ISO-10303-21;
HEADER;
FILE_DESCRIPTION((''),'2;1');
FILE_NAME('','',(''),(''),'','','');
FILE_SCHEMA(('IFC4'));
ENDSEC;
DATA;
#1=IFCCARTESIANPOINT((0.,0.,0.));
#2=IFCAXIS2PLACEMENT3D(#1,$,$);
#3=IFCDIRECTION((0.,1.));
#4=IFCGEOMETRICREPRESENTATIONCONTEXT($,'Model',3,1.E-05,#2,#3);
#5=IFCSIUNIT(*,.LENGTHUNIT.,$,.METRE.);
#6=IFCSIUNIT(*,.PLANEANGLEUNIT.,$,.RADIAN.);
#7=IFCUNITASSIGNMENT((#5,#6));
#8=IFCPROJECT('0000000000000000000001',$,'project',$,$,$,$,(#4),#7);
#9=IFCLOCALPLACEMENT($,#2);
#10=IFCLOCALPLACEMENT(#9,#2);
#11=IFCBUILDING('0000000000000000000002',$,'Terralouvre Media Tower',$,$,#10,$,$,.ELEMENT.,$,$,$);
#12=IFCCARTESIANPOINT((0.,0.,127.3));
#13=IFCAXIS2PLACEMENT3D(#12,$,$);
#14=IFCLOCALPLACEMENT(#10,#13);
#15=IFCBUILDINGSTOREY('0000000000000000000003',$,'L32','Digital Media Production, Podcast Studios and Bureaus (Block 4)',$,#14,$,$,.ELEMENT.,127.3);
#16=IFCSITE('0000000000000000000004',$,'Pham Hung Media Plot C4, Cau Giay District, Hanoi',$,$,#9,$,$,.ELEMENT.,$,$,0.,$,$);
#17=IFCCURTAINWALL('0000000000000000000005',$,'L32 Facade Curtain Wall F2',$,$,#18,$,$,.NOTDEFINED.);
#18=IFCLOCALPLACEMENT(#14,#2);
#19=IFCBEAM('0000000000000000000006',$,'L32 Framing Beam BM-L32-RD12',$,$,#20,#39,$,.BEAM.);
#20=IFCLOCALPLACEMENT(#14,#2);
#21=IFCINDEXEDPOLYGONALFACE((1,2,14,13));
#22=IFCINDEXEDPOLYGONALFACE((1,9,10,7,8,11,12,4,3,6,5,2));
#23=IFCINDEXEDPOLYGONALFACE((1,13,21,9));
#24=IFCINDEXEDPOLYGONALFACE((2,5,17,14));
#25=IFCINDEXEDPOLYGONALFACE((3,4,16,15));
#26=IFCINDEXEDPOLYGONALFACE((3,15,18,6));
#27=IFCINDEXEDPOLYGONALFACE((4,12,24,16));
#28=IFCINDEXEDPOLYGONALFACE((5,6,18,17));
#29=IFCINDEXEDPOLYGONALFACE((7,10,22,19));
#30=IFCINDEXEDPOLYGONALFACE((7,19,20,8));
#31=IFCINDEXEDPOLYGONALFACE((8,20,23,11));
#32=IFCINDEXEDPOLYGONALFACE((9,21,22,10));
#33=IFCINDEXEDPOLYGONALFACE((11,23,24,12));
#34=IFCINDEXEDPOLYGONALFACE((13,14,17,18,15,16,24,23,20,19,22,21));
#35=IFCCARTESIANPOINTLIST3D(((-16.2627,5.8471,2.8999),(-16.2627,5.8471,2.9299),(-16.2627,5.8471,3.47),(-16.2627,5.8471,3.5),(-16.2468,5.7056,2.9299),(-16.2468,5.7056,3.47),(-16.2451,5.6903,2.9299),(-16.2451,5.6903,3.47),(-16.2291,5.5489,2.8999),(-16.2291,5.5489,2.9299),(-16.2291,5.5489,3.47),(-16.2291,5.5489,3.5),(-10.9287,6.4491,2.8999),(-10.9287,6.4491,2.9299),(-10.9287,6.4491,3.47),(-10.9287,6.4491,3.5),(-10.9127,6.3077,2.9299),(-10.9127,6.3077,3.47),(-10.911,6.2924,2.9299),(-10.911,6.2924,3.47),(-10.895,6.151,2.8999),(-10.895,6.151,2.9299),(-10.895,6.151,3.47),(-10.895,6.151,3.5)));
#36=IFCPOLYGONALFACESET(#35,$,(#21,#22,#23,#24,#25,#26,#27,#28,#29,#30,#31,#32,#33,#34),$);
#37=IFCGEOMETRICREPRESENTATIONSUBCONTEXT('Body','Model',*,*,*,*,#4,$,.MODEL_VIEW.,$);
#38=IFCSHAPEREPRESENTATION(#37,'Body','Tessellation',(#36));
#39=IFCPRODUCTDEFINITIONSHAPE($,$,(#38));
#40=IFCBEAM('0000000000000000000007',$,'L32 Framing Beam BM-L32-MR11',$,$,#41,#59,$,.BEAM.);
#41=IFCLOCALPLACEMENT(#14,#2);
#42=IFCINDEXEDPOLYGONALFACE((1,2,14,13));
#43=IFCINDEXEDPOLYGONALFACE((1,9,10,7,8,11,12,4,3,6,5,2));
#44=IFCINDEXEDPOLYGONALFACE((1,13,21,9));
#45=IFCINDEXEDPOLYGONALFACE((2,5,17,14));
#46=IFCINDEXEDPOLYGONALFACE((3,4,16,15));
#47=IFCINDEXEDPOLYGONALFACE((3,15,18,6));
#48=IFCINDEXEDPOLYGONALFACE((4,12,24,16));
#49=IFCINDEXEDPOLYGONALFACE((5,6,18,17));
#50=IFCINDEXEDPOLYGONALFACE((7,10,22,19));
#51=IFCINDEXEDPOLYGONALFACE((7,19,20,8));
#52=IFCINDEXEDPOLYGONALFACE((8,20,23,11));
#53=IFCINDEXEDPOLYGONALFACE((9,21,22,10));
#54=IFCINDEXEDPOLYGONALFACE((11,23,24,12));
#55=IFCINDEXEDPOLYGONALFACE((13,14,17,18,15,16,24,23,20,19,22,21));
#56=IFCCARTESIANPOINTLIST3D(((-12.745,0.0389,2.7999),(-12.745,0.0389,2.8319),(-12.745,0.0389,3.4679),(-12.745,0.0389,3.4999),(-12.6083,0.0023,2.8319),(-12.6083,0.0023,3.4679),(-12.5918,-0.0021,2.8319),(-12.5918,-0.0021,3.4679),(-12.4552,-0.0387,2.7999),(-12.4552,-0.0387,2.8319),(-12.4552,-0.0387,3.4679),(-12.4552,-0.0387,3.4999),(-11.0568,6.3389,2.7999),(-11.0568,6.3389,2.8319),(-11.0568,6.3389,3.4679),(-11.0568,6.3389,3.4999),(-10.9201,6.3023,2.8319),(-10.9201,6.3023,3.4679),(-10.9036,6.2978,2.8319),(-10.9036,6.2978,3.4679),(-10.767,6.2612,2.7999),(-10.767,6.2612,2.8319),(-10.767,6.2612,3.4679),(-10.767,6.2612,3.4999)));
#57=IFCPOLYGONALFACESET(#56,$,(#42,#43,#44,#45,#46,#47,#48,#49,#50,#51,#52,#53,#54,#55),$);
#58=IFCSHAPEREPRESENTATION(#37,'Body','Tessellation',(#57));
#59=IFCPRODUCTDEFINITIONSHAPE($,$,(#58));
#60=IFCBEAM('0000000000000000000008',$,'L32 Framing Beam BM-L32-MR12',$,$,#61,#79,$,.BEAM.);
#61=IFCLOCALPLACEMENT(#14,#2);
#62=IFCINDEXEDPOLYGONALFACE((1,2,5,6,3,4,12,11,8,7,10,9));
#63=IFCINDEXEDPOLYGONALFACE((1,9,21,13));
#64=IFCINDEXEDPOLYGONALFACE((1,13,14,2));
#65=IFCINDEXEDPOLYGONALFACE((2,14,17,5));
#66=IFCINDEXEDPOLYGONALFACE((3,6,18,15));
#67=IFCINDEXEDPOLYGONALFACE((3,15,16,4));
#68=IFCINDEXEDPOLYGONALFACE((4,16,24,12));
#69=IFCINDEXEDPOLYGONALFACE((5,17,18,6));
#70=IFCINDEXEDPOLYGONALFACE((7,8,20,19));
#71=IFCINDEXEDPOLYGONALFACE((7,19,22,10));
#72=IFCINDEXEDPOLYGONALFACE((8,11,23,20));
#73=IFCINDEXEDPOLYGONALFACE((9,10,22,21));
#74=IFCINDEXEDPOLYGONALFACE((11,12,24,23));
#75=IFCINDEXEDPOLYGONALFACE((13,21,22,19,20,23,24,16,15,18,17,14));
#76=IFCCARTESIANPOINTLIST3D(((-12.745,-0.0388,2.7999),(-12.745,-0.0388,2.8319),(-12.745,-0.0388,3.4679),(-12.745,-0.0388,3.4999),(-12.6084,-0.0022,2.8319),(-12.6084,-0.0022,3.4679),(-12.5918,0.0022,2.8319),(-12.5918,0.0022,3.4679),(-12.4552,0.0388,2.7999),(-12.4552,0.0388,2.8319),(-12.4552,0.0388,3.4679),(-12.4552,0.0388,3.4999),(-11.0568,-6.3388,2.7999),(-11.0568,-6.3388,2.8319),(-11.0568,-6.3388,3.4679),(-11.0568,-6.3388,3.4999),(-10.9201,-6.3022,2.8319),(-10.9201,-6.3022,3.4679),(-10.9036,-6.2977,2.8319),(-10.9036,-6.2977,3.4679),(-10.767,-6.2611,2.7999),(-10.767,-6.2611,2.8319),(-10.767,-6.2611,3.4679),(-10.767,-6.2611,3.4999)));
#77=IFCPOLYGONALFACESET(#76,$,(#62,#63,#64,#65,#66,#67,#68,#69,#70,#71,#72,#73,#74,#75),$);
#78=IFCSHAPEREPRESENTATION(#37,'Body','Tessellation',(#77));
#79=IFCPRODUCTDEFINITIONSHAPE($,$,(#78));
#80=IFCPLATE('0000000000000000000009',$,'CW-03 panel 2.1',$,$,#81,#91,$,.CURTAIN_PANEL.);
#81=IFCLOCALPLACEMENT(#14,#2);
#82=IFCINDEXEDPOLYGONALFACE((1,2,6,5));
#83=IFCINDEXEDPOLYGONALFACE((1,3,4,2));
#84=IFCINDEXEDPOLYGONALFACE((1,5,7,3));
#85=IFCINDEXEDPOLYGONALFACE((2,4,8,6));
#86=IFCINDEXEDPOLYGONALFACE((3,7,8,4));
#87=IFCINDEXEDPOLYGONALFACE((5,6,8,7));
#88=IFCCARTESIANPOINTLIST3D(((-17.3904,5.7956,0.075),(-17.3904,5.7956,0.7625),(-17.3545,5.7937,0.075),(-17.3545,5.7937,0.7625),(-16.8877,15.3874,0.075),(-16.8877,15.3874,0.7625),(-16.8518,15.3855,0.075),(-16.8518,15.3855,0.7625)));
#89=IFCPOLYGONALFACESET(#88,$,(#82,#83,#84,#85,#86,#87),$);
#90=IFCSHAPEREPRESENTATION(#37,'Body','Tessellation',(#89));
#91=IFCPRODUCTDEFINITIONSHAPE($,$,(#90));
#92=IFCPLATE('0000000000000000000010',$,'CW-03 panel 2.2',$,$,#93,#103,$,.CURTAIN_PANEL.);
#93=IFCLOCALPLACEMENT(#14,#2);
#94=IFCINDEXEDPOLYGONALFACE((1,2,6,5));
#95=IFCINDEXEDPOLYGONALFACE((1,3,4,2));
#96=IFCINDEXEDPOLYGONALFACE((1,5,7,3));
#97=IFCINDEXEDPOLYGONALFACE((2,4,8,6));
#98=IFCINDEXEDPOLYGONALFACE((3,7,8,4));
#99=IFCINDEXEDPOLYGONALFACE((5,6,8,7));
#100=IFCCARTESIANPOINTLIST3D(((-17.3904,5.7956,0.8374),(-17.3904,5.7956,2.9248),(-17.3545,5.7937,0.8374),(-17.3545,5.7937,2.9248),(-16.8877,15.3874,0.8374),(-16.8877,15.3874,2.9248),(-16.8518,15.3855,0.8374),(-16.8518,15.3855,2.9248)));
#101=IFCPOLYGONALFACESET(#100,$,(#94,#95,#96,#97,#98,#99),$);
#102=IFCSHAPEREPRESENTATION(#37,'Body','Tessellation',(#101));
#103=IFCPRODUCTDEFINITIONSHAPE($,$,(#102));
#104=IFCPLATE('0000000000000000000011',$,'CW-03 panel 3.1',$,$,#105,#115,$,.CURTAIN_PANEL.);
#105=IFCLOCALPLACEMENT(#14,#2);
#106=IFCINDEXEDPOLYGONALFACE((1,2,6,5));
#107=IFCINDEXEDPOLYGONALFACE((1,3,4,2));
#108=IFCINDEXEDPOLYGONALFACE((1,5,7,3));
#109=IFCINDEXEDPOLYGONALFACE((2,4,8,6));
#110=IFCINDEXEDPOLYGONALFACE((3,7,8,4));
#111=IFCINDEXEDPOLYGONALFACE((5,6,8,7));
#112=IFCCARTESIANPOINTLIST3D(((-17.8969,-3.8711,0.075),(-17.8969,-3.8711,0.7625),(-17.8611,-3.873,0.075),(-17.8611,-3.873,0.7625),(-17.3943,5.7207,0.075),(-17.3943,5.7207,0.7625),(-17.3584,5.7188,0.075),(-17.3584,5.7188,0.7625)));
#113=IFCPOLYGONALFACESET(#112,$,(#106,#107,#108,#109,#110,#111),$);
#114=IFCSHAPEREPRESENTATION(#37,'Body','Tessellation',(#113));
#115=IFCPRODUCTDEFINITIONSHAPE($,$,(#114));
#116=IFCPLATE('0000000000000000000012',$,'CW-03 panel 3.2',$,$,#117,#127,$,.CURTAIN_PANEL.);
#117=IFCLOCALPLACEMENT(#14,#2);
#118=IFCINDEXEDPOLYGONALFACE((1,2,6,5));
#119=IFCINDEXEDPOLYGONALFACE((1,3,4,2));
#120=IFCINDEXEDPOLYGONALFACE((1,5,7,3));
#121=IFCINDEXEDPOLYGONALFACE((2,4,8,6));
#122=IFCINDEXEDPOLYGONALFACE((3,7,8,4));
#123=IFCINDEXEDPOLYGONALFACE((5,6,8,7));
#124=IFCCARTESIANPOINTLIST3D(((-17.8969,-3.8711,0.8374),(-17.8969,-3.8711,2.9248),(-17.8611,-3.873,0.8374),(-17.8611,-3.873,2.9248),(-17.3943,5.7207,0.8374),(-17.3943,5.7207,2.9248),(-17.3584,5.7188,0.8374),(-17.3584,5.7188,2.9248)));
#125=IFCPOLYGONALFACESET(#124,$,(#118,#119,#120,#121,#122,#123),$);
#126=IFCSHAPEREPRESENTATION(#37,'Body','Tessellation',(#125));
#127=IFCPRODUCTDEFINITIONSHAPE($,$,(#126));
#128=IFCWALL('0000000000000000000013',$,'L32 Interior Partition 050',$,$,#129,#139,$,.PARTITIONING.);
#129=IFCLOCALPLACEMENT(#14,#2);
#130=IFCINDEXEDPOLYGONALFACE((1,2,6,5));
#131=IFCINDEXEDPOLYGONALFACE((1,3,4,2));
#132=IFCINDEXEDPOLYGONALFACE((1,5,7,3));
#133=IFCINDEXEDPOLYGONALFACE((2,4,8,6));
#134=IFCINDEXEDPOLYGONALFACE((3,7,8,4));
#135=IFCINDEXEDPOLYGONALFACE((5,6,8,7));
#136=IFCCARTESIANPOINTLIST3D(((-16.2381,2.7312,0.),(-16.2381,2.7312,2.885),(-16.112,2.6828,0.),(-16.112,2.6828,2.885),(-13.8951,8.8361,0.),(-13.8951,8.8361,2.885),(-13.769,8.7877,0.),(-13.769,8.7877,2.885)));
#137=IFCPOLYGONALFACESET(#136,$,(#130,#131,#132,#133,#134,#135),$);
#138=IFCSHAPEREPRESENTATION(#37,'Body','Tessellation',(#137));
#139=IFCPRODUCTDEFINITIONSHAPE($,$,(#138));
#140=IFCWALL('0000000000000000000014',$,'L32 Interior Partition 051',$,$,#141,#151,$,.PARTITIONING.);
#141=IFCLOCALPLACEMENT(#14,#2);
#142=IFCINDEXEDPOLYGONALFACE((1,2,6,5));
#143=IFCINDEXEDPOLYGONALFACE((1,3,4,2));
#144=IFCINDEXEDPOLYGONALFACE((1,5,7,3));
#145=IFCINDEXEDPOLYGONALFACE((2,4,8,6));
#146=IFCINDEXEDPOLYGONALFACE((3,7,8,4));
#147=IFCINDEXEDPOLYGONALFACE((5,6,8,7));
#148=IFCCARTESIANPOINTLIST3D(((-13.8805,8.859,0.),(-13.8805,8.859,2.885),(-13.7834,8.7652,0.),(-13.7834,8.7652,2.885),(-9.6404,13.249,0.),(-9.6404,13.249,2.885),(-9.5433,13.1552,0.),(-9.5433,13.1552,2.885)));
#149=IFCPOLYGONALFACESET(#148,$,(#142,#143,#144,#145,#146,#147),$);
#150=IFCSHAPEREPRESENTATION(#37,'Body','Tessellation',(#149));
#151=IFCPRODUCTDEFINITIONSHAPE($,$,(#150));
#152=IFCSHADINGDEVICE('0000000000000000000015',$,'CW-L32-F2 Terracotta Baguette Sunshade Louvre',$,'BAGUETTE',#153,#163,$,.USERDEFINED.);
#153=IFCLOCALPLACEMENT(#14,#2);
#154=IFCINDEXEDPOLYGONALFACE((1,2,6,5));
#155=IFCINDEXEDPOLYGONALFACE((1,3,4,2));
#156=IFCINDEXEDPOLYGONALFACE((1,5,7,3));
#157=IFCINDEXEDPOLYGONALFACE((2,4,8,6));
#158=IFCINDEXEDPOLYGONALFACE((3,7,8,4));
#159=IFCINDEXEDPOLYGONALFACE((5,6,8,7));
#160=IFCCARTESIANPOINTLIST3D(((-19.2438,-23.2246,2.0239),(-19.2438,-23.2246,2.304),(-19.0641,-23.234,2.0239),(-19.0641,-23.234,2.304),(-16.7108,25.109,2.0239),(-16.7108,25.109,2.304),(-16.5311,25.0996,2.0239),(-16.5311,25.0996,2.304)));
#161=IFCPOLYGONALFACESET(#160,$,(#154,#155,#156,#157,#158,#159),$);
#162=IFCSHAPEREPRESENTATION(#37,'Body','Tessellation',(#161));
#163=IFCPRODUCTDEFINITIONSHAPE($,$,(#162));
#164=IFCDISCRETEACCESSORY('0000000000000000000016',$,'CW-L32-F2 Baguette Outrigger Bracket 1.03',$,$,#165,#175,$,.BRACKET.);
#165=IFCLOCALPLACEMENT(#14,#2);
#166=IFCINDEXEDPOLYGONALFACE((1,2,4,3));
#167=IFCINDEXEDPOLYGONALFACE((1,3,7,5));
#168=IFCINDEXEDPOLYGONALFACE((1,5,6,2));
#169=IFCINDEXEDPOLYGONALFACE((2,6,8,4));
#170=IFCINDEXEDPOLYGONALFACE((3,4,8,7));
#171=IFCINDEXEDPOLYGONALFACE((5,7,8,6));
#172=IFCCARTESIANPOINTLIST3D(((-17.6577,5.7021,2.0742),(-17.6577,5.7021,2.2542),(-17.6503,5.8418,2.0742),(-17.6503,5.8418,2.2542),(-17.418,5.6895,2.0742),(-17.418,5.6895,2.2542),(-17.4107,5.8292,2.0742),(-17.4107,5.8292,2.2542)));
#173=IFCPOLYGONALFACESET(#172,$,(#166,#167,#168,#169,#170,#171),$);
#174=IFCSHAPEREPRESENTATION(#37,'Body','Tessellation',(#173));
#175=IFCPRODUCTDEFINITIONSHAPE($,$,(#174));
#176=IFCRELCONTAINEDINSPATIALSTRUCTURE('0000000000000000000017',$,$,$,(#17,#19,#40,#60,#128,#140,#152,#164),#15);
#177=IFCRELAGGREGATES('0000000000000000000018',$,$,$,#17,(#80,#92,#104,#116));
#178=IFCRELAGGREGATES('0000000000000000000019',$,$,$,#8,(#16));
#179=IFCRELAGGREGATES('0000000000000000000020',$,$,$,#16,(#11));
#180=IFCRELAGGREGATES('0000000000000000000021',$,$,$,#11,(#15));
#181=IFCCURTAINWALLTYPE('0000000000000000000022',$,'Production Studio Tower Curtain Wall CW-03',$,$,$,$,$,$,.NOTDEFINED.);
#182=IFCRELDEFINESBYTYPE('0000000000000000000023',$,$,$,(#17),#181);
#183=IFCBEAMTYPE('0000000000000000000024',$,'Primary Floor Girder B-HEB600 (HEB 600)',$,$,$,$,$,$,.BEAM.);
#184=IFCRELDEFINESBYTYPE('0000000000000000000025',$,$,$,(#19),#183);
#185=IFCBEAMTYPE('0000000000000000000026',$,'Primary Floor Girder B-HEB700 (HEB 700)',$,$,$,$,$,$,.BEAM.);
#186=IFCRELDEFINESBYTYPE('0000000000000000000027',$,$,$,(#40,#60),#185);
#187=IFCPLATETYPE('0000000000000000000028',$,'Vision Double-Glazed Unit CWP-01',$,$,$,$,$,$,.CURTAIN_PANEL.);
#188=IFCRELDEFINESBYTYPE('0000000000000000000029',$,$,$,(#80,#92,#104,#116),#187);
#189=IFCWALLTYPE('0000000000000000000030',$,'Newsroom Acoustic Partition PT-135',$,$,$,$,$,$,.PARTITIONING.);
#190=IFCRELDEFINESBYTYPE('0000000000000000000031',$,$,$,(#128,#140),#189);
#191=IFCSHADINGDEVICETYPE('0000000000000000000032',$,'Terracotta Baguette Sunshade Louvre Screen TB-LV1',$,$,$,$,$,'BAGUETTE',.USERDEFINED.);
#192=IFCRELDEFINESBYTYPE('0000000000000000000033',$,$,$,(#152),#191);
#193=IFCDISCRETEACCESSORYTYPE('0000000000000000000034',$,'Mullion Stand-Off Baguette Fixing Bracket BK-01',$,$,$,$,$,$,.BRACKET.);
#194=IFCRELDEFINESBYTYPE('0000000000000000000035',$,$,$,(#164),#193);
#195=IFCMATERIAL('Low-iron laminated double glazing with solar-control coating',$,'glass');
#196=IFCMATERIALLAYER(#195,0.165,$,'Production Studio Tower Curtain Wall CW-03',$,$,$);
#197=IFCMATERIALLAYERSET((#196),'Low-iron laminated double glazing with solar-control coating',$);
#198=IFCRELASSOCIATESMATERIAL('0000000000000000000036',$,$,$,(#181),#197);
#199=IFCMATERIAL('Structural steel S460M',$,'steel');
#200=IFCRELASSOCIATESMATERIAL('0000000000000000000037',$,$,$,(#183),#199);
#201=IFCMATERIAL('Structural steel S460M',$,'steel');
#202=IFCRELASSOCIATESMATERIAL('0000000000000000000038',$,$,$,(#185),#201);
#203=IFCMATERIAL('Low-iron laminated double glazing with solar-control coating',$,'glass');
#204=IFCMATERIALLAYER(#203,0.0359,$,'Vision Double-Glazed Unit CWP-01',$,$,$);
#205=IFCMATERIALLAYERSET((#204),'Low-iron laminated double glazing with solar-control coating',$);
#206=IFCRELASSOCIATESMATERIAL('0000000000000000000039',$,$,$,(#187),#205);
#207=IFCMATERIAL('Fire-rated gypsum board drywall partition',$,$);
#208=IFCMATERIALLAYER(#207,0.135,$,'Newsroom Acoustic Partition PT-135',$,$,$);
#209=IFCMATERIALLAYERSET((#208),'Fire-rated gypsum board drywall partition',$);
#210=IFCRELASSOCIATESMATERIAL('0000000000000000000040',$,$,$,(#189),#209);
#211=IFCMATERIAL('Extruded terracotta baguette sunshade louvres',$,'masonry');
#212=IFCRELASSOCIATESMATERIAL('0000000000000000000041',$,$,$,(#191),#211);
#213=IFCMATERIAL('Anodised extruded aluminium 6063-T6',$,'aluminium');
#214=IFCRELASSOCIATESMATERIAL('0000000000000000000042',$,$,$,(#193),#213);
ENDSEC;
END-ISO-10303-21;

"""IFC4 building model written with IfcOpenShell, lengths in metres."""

from ifc_helpers import new_model, si_unit, direction, frame, frame_2d, origin, origin_2d, place, context, subcontext, project, spatial, rectangle, i_section, extrude, material, layer, layer_set, material_profile, profile_set, type_object, element, aggregate, save


model = new_model("IFC4")

# Units and contexts
model_context = context("Model", 3, precision=1e-05, world=origin(), true_north=direction((0.0, 1.0)))
body_context = subcontext(model_context, "Body", "Model", "MODEL_VIEW")
ifc_project = project(units=[si_unit("LENGTHUNIT", "METRE"), si_unit("PLANEANGLEUNIT", "RADIAN")], contexts=[model_context])

# Site, building, storey
site_placement = place(None, origin())
site = spatial("IfcSite", under=ifc_project, at=site_placement, Name="Pham Hung Media Plot C4, Cau Giay District, Hanoi", CompositionType="ELEMENT", RefElevation=0.0)
building_placement = place(site_placement, origin())
building = spatial("IfcBuilding", under=site, at=building_placement, Name="Terralouvre Media Tower", CompositionType="ELEMENT")
storey_placement = place(building_placement, frame((0.0, 0.0, 127.3)))
storey = spatial("IfcBuildingStorey", under=building, at=storey_placement, Name="L32", Description="Digital Media Production, Podcast Studios and Bureaus (Block 4)", CompositionType="ELEMENT", Elevation=127.3)

# Curtain wall
ifc_material_1 = material(Name="Low-iron laminated double glazing with solar-control coating", Category="glass")
ifc_layer_1 = layer(ifc_material_1, 0.165, Name="Production Studio Tower Curtain Wall CW-03")
ifc_layer_set_1 = layer_set([ifc_layer_1], Name="Low-iron laminated double glazing with solar-control coating")
curtain_wall_type = type_object("IfcCurtainWallType", Name="Production Studio Tower Curtain Wall CW-03", PredefinedType="NOTDEFINED", material=ifc_layer_set_1)
curtain_wall_placement = place(storey_placement, origin())
curtain_wall = element("IfcCurtainWall", 1, at=curtain_wall_placement, inside=storey, type_object=curtain_wall_type, Name="L32 Facade Curtain Wall F2", PredefinedType="NOTDEFINED")

# Beams
ifc_material_2 = material(Name="Structural steel S460M", Category="steel")
ifc_material_profile_1 = material_profile(ifc_material_2, i_section(OverallWidth=0.3, OverallDepth=0.6001, WebThickness=0.0154, FlangeThickness=0.03, at=origin_2d()), Name="HEB 600")
ifc_profile_set_1 = profile_set([ifc_material_profile_1], Name="Structural steel S460M")
beam_type_1 = type_object("IfcBeamType", Name="Primary Floor Girder B-HEB600 (HEB 600)", PredefinedType="BEAM", material=ifc_profile_set_1)
beam_1_placement = place(storey_placement, frame((-10.9119, 6.3, 3.2), z_axis=(-0.99369, -0.112159, 0.0), x_axis=(0.112159, -0.99369, 0.0)))
element("IfcBeam", 2, at=beam_1_placement, inside=storey, type_object=beam_type_1, Name="L32 Framing Beam BM-L32-RD12", PredefinedType="BEAM", context=body_context, shape_type="SweptSolid", body=[
    extrude(i_section(OverallWidth=0.3, OverallDepth=0.6001, WebThickness=0.0154, FlangeThickness=0.03, at=origin_2d()), origin(), (0.0, 0.0, 1.0), 5.3679),
])
ifc_material_3 = material(Name="Structural steel S460M", Category="steel")
ifc_material_profile_2 = material_profile(ifc_material_3, i_section(OverallWidth=0.3, OverallDepth=0.7, WebThickness=0.0171, FlangeThickness=0.032, at=origin_2d()), Name="HEB 700")
ifc_profile_set_2 = profile_set([ifc_material_profile_2], Name="Structural steel S460M")
beam_type_2 = type_object("IfcBeamType", Name="Primary Floor Girder B-HEB700 (HEB 700)", PredefinedType="BEAM", material=ifc_profile_set_2)
for number, where, z_axis, x_axis, name in (
    (3, (-10.9119, 6.3, 3.1499), (-0.258839, -0.96592, 0.0), (0.96592, -0.258839, 0.0), "L32 Framing Beam BM-L32-MR11"),
    (4, (-12.6001, 0.0, 3.1499), (0.258839, -0.96592, 0.0), (0.96592, 0.258839, 0.0), "L32 Framing Beam BM-L32-MR12"),
):
    element("IfcBeam", number, at=place(storey_placement, frame(where, z_axis=z_axis, x_axis=x_axis)), inside=storey, type_object=beam_type_2, Name=name, PredefinedType="BEAM", context=body_context, shape_type="SweptSolid", body=[
        extrude(i_section(OverallWidth=0.3, OverallDepth=0.7, WebThickness=0.0171, FlangeThickness=0.032, at=origin_2d()), origin(), (0.0, 0.0, 1.0), 6.5222),
    ])

# Plates
ifc_material_4 = material(Name="Low-iron laminated double glazing with solar-control coating", Category="glass")
ifc_layer_2 = layer(ifc_material_4, 0.0359, Name="Vision Double-Glazed Unit CWP-01")
ifc_layer_set_2 = layer_set([ifc_layer_2], Name="Low-iron laminated double glazing with solar-control coating")
plate_type = type_object("IfcPlateType", Name="Vision Double-Glazed Unit CWP-01", PredefinedType="CURTAIN_PANEL", material=ifc_layer_set_2)
plate_1_placement = place(storey_placement, frame((-17.1211, 10.5906, 0.075), z_axis=(0.0, 0.0, 1.0), x_axis=(-0.052336, -0.99863, 0.0)))
plate_1 = element("IfcPlate", 5, at=plate_1_placement, type_object=plate_type, Name="CW-03 panel 2.1", PredefinedType="CURTAIN_PANEL", context=body_context, shape_type="SweptSolid", body=[
    extrude(rectangle(XDim=9.605, YDim=0.0359, at=origin_2d()), origin(), (0.0, 0.0, 1.0), 0.6875),
])
plate_2_placement = place(storey_placement, frame((-17.1211, 10.5906, 0.8374), z_axis=(0.0, 0.0, 1.0), x_axis=(-0.052336, -0.99863, 0.0)))
plate_2 = element("IfcPlate", 6, at=plate_2_placement, type_object=plate_type, Name="CW-03 panel 2.2", PredefinedType="CURTAIN_PANEL", context=body_context, shape_type="SweptSolid", body=[
    extrude(rectangle(XDim=9.605, YDim=0.0359, at=origin_2d()), origin(), (0.0, 0.0, 1.0), 2.0874),
])
plate_3_placement = place(storey_placement, frame((-17.6277, 0.9238, 0.075), z_axis=(0.0, 0.0, 1.0), x_axis=(-0.052336, -0.99863, 0.0)))
plate_3 = element("IfcPlate", 7, at=plate_3_placement, type_object=plate_type, Name="CW-03 panel 3.1", PredefinedType="CURTAIN_PANEL", context=body_context, shape_type="SweptSolid", body=[
    extrude(rectangle(XDim=9.605, YDim=0.0359, at=origin_2d()), origin(), (0.0, 0.0, 1.0), 0.6875),
])
plate_4_placement = place(storey_placement, frame((-17.6277, 0.9238, 0.8374), z_axis=(0.0, 0.0, 1.0), x_axis=(-0.052336, -0.99863, 0.0)))
plate_4 = element("IfcPlate", 8, at=plate_4_placement, type_object=plate_type, Name="CW-03 panel 3.2", PredefinedType="CURTAIN_PANEL", context=body_context, shape_type="SweptSolid", body=[
    extrude(rectangle(XDim=9.605, YDim=0.0359, at=origin_2d()), origin(), (0.0, 0.0, 1.0), 2.0874),
])
aggregate(curtain_wall, [plate_1, plate_2, plate_3, plate_4])

# Walls
ifc_material_5 = material(Name="Fire-rated gypsum board drywall partition")
ifc_layer_3 = layer(ifc_material_5, 0.135, Name="Newsroom Acoustic Partition PT-135")
ifc_layer_set_3 = layer_set([ifc_layer_3], Name="Fire-rated gypsum board drywall partition")
wall_type = type_object("IfcWallType", Name="Newsroom Acoustic Partition PT-135", PredefinedType="PARTITIONING", material=ifc_layer_set_3)
wall_1_placement = place(storey_placement, frame((-16.175, 2.707, 0.0), z_axis=(0.0, 0.0, 1.0), x_axis=(0.358306, 0.933604, 0.0)))
element("IfcWall", 9, at=wall_1_placement, inside=storey, type_object=wall_type, Name="L32 Interior Partition 050", PredefinedType="PARTITIONING", context=body_context, shape_type="SweptSolid", body=[
    extrude(rectangle(XDim=6.5391, YDim=0.135, at=frame_2d((3.2695, 0.0))), origin(), (0.0, 0.0, 1.0), 2.885),
])
wall_2_placement = place(storey_placement, frame((-13.832, 8.812, 0.0), z_axis=(0.0, 0.0, 1.0), x_axis=(0.694719, 0.719281, 0.0)))
element("IfcWall", 10, at=wall_2_placement, inside=storey, type_object=wall_type, Name="L32 Interior Partition 051", PredefinedType="PARTITIONING", context=body_context, shape_type="SweptSolid", body=[
    extrude(rectangle(XDim=6.1033, YDim=0.135, at=frame_2d((3.0518, 0.0))), origin(), (0.0, 0.0, 1.0), 2.885),
])

# Shading device
ifc_material_6 = material(Name="Extruded terracotta baguette sunshade louvres", Category="masonry")
shading_device_type = type_object("IfcShadingDeviceType", Name="Terracotta Baguette Sunshade Louvre Screen TB-LV1", ElementType="BAGUETTE", PredefinedType="USERDEFINED", material=ifc_material_6)
shading_device_placement = place(storey_placement, frame((-17.8875, 0.9375, 2.0239), z_axis=(0.0, 0.0, 1.0), x_axis=(-0.052336, -0.99863, 0.0)))
element("IfcShadingDevice", 11, at=shading_device_placement, inside=storey, type_object=shading_device_type, Name="CW-L32-F2 Terracotta Baguette Sunshade Louvre", ObjectType="BAGUETTE", PredefinedType="USERDEFINED", context=body_context, shape_type="SweptSolid", body=[
    extrude(rectangle(XDim=48.3999, YDim=0.1799, at=origin_2d()), origin(), (0.0, 0.0, 1.0), 0.28),
])

# Discrete accessory
ifc_material_7 = material(Name="Anodised extruded aluminium 6063-T6", Category="aluminium")
discrete_accessory_type = type_object("IfcDiscreteAccessoryType", Name="Mullion Stand-Off Baguette Fixing Bracket BK-01", PredefinedType="BRACKET", material=ifc_material_7)
discrete_accessory_placement = place(storey_placement, frame((-17.5342, 5.7656, 2.0742), z_axis=(0.0, 0.0, 1.0), x_axis=(-0.052336, -0.99863, 0.0)))
element("IfcDiscreteAccessory", 12, at=discrete_accessory_placement, inside=storey, type_object=discrete_accessory_type, Name="CW-L32-F2 Baguette Outrigger Bracket 1.03", PredefinedType="BRACKET", context=body_context, shape_type="SweptSolid", body=[
    extrude(rectangle(XDim=0.1399, YDim=0.24, at=origin_2d()), origin(), (0.0, 0.0, 1.0), 0.1799),
])

save(model, "model.ifc")
